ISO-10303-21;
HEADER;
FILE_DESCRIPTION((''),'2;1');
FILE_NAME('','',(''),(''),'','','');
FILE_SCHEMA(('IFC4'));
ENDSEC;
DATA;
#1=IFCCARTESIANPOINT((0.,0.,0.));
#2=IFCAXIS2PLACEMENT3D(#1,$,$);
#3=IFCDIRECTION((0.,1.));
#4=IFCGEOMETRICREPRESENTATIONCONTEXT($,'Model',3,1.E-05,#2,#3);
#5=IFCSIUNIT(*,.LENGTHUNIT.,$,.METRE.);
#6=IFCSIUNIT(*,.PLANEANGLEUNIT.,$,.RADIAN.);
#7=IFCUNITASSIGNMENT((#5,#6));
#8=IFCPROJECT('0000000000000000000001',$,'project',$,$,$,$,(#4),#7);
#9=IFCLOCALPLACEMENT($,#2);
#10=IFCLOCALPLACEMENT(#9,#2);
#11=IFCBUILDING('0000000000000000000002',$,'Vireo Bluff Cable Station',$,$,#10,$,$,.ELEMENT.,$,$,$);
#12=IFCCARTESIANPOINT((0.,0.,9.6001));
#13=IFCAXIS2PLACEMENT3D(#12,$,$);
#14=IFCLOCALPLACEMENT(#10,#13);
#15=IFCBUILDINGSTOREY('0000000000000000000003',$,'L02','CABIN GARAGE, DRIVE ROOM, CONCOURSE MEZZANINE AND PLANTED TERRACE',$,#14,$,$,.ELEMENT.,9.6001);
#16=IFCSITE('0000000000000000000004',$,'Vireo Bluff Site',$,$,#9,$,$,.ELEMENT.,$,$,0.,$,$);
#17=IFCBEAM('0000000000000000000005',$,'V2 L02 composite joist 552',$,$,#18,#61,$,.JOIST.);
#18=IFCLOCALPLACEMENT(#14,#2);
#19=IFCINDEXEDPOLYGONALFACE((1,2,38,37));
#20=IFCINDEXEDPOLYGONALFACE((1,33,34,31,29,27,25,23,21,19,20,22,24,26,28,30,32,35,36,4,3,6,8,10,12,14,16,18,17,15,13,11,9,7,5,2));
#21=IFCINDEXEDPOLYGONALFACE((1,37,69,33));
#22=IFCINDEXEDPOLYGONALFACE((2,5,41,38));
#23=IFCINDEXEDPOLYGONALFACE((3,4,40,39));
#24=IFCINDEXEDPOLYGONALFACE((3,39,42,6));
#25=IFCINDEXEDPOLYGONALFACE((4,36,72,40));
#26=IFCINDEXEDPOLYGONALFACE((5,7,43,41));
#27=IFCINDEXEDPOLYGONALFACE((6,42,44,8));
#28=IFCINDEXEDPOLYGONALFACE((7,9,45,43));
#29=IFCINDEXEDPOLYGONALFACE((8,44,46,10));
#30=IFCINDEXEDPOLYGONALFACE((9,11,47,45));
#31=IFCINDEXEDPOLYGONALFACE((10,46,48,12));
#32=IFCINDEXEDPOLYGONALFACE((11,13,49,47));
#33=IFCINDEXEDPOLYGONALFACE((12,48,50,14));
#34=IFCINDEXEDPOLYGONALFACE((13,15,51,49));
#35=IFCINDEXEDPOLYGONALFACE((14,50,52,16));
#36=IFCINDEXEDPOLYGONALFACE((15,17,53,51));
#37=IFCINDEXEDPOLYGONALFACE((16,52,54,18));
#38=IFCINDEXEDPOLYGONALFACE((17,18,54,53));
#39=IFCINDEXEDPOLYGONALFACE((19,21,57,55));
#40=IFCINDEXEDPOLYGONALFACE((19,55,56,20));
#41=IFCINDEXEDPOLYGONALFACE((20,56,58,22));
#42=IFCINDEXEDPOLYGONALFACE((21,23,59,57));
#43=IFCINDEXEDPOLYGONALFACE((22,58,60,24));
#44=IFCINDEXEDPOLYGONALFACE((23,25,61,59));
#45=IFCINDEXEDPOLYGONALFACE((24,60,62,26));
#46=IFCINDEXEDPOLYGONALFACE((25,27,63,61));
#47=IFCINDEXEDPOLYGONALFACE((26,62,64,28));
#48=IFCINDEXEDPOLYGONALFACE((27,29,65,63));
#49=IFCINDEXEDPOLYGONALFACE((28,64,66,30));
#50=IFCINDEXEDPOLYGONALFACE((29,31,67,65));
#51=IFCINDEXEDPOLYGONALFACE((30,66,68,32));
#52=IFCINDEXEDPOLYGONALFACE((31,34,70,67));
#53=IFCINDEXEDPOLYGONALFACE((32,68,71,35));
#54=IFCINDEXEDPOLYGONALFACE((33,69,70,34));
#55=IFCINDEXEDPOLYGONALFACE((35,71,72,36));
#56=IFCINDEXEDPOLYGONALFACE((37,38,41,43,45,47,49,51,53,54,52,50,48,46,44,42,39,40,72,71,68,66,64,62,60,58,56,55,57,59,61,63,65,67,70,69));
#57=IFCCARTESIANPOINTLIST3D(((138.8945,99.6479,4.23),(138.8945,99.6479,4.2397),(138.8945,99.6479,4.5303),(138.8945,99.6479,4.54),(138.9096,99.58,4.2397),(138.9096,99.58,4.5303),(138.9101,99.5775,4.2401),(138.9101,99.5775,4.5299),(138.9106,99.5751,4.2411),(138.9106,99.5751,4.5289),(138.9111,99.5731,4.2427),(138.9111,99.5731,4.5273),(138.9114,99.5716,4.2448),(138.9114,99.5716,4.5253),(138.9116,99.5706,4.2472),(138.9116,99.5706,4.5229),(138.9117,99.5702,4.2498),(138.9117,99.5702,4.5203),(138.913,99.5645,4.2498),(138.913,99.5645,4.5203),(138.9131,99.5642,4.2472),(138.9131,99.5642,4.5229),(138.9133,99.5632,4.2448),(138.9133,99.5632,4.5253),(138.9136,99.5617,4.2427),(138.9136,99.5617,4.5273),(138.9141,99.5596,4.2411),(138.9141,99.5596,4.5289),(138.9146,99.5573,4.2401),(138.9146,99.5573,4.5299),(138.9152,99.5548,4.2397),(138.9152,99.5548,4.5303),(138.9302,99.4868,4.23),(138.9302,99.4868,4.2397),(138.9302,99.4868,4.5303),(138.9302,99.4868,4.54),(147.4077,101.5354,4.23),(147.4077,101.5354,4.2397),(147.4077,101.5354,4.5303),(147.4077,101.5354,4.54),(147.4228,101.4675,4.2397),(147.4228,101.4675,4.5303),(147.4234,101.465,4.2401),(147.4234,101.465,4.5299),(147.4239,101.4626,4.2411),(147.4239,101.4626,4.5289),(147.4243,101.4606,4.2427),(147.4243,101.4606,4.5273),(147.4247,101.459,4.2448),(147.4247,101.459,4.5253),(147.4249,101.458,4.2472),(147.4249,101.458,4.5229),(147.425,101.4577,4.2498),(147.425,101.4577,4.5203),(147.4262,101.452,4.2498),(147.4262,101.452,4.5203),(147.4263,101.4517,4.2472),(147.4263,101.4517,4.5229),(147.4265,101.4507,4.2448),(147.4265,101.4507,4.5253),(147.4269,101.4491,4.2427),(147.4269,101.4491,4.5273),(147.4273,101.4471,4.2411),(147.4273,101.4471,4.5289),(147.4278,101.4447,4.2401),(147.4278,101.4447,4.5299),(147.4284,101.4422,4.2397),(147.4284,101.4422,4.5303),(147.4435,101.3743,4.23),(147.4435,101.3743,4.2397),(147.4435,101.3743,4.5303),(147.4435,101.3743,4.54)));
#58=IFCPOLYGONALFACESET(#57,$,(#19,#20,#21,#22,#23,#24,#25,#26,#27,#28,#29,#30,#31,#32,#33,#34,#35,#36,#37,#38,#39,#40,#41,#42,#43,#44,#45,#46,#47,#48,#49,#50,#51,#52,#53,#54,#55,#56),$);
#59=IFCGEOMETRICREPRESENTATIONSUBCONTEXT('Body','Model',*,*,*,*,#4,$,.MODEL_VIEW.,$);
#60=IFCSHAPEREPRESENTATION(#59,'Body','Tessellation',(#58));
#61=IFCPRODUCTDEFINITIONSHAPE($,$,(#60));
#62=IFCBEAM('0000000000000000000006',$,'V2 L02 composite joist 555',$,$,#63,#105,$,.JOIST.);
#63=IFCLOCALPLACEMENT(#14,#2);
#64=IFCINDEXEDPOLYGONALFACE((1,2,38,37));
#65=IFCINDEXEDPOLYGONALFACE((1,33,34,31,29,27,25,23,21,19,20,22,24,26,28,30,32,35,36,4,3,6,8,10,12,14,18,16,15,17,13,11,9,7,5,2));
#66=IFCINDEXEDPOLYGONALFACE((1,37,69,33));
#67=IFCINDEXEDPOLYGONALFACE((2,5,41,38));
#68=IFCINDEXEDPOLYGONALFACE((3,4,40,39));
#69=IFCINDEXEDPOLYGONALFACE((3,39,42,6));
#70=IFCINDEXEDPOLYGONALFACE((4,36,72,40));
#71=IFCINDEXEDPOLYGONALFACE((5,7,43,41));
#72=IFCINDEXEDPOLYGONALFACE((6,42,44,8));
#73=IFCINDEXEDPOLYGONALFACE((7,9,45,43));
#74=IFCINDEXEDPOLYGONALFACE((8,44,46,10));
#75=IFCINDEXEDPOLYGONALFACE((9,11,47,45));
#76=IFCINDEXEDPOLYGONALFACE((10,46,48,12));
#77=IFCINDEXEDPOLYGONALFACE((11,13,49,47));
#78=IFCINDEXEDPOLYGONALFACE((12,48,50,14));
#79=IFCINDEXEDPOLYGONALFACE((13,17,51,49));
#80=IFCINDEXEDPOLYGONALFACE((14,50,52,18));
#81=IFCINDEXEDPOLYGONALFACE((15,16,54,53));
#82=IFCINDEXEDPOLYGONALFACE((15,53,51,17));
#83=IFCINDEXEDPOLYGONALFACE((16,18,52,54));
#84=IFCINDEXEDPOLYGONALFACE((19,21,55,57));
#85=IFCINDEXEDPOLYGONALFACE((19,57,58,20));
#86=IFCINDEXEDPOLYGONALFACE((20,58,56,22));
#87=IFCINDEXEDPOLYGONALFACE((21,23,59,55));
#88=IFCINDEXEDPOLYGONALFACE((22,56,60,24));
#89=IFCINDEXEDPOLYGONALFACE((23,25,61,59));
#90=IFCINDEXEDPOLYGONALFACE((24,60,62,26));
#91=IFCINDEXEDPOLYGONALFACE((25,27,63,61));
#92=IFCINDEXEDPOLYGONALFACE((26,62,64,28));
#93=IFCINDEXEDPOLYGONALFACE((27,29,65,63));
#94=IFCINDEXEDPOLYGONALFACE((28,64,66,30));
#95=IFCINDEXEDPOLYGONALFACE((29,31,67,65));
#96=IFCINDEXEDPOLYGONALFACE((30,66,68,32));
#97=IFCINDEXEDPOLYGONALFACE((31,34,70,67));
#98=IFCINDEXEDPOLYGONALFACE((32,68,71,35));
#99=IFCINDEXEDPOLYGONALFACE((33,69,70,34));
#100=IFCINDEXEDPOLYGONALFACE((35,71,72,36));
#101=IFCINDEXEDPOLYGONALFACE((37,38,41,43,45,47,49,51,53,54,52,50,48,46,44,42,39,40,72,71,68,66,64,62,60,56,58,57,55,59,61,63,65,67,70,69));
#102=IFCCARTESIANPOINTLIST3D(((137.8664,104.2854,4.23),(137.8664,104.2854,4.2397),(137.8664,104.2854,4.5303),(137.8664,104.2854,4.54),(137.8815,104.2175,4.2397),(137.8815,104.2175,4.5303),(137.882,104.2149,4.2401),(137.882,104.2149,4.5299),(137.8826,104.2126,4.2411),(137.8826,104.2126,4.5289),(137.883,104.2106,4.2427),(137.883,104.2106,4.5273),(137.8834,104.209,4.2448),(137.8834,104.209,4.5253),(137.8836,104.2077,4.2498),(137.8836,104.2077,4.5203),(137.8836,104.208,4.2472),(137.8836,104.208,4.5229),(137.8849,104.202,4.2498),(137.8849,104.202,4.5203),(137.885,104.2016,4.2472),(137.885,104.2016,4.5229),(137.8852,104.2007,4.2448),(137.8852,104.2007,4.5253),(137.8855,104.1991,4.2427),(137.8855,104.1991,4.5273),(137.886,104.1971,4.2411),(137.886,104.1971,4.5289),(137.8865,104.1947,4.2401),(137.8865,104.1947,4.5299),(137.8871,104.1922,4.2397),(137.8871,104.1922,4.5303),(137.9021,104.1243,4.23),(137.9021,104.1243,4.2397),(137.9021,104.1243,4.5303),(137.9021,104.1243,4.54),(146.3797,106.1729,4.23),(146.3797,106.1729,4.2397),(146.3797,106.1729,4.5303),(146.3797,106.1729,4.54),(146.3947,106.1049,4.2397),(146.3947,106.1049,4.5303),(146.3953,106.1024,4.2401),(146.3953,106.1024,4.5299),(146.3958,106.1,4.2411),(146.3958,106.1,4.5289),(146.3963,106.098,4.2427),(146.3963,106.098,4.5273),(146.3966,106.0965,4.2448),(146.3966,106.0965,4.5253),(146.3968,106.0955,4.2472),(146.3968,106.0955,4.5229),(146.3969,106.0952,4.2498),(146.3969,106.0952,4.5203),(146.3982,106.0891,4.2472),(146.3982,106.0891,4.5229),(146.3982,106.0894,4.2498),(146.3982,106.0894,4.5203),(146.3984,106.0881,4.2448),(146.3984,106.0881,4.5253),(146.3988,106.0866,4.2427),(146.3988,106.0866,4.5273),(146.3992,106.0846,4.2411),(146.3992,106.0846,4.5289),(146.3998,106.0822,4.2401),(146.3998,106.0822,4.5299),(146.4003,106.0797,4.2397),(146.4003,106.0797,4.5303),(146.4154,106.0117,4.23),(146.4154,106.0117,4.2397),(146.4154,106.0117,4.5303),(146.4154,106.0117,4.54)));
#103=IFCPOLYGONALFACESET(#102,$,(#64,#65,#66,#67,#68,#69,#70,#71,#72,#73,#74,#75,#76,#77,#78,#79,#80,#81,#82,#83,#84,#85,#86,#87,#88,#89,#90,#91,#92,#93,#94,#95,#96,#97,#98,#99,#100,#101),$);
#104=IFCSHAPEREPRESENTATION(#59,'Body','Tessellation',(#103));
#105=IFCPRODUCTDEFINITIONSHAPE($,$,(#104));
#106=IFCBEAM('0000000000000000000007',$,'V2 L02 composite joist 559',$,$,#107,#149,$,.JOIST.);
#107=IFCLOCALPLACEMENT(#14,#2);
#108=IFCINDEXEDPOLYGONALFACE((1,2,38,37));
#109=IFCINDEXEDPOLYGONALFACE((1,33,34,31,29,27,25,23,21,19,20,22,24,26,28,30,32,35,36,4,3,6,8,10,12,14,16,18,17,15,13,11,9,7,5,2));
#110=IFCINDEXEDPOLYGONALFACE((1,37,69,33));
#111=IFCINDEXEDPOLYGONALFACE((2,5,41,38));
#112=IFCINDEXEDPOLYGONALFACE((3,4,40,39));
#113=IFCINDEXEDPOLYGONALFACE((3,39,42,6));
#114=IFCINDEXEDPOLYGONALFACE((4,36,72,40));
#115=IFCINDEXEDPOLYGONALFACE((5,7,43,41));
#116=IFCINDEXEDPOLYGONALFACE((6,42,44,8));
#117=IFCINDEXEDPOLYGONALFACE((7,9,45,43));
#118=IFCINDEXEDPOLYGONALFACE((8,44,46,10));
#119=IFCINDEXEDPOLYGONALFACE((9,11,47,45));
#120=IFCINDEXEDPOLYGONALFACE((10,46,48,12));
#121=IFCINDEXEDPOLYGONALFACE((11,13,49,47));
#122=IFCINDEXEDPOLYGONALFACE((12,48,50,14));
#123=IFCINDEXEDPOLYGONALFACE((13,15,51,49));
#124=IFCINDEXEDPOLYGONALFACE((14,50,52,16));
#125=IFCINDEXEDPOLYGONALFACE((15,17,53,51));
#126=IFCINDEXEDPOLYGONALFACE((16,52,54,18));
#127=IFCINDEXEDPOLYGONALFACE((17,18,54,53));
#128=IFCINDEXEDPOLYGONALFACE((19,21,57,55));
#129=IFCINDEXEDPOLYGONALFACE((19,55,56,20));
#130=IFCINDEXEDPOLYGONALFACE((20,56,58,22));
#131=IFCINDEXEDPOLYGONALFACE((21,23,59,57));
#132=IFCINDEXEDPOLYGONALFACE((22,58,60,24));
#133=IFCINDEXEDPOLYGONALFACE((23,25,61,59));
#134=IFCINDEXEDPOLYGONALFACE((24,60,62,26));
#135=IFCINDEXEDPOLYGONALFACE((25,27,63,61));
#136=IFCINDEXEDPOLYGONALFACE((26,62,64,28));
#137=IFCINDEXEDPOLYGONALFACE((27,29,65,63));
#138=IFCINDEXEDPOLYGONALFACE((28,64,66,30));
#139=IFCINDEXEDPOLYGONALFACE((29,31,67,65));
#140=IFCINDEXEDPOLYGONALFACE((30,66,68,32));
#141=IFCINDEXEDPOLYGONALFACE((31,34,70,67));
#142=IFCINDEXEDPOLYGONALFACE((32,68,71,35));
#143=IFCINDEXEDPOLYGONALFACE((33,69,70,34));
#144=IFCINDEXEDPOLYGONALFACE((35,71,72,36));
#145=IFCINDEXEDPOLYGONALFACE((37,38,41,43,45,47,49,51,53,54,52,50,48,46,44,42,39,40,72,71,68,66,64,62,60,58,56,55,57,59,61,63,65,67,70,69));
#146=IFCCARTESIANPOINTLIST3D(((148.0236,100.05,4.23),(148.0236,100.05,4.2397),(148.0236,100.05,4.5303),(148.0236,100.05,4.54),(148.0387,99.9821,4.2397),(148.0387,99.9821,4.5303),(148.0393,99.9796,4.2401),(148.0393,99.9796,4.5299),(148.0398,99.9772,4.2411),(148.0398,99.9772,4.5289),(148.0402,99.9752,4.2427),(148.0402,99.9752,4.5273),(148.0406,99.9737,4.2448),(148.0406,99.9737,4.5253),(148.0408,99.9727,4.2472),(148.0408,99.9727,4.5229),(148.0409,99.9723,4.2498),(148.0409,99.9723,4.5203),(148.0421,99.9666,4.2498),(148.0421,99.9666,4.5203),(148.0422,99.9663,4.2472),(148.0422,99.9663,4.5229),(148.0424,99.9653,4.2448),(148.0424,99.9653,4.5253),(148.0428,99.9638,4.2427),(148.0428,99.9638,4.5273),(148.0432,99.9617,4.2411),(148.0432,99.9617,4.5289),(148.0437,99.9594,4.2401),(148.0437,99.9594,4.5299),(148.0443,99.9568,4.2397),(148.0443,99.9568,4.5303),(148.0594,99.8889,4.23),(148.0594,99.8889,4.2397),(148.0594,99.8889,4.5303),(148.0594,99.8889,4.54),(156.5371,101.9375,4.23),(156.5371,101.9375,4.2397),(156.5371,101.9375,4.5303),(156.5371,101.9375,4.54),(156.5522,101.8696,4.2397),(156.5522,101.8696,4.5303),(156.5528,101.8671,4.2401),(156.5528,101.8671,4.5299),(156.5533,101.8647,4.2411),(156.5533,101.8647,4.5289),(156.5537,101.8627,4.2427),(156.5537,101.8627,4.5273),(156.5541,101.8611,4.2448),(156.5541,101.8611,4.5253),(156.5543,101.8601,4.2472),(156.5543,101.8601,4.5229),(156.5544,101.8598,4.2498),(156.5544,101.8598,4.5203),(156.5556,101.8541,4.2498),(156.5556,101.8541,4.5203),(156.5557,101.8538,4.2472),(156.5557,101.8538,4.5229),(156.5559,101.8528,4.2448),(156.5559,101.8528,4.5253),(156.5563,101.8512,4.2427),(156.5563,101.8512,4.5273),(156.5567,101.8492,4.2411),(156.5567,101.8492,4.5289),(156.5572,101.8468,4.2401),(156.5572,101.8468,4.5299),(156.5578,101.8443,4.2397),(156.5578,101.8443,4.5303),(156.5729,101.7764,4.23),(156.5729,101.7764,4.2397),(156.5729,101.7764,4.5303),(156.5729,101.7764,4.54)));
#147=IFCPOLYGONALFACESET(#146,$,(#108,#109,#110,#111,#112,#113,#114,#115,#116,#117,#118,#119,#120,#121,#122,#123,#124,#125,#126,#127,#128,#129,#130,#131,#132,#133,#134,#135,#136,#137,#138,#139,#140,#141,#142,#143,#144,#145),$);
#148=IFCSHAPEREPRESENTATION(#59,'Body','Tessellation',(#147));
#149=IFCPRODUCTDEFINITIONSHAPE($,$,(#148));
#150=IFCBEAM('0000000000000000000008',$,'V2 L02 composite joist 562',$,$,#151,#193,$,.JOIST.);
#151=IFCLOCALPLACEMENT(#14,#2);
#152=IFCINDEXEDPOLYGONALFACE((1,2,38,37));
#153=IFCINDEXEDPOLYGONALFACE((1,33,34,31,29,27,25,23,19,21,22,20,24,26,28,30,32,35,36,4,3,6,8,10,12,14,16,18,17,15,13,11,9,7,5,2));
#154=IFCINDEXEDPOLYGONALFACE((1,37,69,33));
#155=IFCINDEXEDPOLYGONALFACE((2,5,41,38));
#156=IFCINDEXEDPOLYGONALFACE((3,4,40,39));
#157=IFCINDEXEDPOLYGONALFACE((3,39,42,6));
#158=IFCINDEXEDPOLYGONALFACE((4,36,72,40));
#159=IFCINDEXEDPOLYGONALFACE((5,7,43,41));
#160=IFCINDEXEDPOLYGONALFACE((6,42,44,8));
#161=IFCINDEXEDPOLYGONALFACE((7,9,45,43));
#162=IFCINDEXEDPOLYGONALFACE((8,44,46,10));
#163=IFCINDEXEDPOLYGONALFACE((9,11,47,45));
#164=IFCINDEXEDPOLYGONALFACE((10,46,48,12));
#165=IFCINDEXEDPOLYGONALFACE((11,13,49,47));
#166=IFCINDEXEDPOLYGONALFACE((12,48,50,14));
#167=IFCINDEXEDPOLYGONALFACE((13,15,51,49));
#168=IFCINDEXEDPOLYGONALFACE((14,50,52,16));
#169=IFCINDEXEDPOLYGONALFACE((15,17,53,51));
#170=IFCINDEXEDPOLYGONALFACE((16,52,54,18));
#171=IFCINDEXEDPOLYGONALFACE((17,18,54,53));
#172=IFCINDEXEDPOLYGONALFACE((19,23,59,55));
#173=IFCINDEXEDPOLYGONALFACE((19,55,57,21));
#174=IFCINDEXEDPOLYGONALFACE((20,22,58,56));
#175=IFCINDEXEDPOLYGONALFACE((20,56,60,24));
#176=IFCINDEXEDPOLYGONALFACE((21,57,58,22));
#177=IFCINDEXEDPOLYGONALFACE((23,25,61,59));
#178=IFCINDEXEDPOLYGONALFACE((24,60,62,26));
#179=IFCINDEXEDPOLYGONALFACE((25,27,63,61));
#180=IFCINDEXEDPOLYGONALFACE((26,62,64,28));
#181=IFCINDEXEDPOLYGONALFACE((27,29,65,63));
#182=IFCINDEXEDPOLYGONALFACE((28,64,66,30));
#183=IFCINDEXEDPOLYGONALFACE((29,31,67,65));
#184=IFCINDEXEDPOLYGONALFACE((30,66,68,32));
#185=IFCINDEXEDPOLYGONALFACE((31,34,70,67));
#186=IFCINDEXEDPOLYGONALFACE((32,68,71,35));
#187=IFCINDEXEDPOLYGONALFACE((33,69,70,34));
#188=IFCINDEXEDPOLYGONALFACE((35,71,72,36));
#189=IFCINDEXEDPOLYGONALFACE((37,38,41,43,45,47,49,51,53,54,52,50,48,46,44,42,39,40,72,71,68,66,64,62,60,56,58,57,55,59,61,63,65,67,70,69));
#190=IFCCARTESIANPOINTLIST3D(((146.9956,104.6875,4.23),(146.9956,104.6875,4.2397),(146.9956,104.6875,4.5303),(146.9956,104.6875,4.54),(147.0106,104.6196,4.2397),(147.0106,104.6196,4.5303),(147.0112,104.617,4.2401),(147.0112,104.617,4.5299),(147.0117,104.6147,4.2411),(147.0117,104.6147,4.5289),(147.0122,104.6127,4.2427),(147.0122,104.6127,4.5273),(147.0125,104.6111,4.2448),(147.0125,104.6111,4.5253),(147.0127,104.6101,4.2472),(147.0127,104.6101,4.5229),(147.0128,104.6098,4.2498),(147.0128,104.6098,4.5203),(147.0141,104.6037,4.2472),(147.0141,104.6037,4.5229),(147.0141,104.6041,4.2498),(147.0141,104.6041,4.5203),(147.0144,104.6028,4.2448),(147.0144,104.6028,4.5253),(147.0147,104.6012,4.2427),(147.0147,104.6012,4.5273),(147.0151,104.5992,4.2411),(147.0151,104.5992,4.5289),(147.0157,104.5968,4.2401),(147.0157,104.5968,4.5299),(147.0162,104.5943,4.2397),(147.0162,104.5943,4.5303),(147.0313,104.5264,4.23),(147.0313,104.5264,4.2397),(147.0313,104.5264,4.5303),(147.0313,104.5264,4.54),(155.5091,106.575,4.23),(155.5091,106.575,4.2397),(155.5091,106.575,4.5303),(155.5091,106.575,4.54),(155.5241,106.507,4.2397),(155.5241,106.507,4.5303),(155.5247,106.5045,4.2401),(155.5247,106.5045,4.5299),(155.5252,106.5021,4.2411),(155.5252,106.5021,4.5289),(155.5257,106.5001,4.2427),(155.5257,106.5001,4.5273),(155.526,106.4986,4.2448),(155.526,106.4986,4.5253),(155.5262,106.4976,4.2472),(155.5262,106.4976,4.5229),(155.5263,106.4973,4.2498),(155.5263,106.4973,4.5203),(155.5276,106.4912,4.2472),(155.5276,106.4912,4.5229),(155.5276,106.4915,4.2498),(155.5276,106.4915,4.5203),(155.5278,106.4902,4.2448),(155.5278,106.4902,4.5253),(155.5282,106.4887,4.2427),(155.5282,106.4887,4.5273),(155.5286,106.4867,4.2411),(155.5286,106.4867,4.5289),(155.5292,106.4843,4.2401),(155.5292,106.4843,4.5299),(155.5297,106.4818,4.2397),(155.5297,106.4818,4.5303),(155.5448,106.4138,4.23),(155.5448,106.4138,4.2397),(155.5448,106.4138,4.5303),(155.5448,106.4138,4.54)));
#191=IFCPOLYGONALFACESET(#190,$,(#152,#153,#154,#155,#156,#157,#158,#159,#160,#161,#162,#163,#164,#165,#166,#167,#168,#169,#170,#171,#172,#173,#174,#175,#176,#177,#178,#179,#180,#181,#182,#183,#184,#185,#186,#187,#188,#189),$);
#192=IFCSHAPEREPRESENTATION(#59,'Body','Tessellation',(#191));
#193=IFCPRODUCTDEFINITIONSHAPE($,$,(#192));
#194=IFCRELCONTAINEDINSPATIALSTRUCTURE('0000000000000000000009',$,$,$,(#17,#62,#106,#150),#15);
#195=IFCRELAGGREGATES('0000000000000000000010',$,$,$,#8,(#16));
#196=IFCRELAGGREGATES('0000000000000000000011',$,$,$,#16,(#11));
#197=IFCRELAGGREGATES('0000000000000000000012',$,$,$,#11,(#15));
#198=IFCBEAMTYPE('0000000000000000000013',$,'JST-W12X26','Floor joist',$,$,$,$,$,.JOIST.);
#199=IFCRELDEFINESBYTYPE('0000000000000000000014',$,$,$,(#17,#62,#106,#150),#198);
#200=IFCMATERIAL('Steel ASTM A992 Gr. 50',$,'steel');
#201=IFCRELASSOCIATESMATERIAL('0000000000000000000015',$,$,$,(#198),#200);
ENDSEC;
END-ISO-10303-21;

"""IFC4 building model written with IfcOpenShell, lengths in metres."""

from ifc_helpers import new_model, si_unit, direction, frame, origin, origin_2d, place, context, subcontext, project, spatial, i_section, extrude, material, material_profile, profile_set, type_object, element, save


model = new_model("IFC4")

# Units and contexts
model_context = context("Model", 3, precision=1e-05, world=origin(), true_north=direction((0.0, 1.0)))
body_context = subcontext(model_context, "Body", "Model", "MODEL_VIEW")
ifc_project = project(units=[si_unit("LENGTHUNIT", "METRE"), si_unit("PLANEANGLEUNIT", "RADIAN")], contexts=[model_context])

# Site, building, storey
site_placement = place(None, origin())
site = spatial("IfcSite", under=ifc_project, at=site_placement, Name="Vireo Bluff Site", CompositionType="ELEMENT", RefElevation=0.0)
building_placement = place(site_placement, origin())
building = spatial("IfcBuilding", under=site, at=building_placement, Name="Vireo Bluff Cable Station", CompositionType="ELEMENT")
storey_placement = place(building_placement, frame((0.0, 0.0, 9.6001)))
storey = spatial("IfcBuildingStorey", under=building, at=storey_placement, Name="L02", Description="CABIN GARAGE, DRIVE ROOM, CONCOURSE MEZZANINE AND PLANTED TERRACE", CompositionType="ELEMENT", Elevation=9.6001)

# Shared definitions
ifc_material_1 = material(Name="Steel ASTM A992 Gr. 50", Category="steel")

# Beams
ifc_material_profile_1 = material_profile(ifc_material_1, i_section(OverallWidth=0.165, OverallDepth=0.3101, WebThickness=0.0059, FlangeThickness=0.0098, FilletRadius=0.01, at=origin_2d()), Name="W12X26")
ifc_profile_set_1 = profile_set([ifc_material_profile_1], Name="Steel ASTM A992 Gr. 50")
beam_type_1 = type_object("IfcBeamType", Name="JST-W12X26", Description="Floor joist", PredefinedType="JOIST", material=ifc_profile_set_1)
for number, where, z_axis, x_axis, name in (
    (1, (138.9124, 99.5674, 4.385), (0.976293, 0.216453, 0.0), (-0.216453, 0.976293, 0.0), "V2 L02 composite joist 552"),
    (2, (137.8843, 104.2048, 4.385), (0.976293, 0.216453, 0.0), (-0.216453, 0.976293, 0.0), "V2 L02 composite joist 555"),
):
    element("IfcBeam", number, at=place(storey_placement, frame(where, z_axis=z_axis, x_axis=x_axis)), inside=storey, type_object=beam_type_1, Name=name, PredefinedType="JOIST", context=body_context, shape_type="SweptSolid", body=[
        extrude(i_section(OverallWidth=0.165, OverallDepth=0.3101, WebThickness=0.0059, FlangeThickness=0.0098, FilletRadius=0.01, at=origin_2d()), origin(), (0.0, 0.0, 1.0), 8.72),
    ])
for number, where, z_axis, x_axis, name in (
    (3, (148.0415, 99.9695, 4.385), (0.976294, 0.216447, 0.0), (-0.216447, 0.976294, 0.0), "V2 L02 composite joist 559"),
    (4, (147.0134, 104.6069, 4.385), (0.976294, 0.216447, 0.0), (-0.216447, 0.976294, 0.0), "V2 L02 composite joist 562"),
):
    element("IfcBeam", number, at=place(storey_placement, frame(where, z_axis=z_axis, x_axis=x_axis)), inside=storey, type_object=beam_type_1, Name=name, PredefinedType="JOIST", context=body_context, shape_type="SweptSolid", body=[
        extrude(i_section(OverallWidth=0.165, OverallDepth=0.3101, WebThickness=0.0059, FlangeThickness=0.0098, FilletRadius=0.01, at=origin_2d()), origin(), (0.0, 0.0, 1.0), 8.7202),
    ])

save(model, "model.ifc")
